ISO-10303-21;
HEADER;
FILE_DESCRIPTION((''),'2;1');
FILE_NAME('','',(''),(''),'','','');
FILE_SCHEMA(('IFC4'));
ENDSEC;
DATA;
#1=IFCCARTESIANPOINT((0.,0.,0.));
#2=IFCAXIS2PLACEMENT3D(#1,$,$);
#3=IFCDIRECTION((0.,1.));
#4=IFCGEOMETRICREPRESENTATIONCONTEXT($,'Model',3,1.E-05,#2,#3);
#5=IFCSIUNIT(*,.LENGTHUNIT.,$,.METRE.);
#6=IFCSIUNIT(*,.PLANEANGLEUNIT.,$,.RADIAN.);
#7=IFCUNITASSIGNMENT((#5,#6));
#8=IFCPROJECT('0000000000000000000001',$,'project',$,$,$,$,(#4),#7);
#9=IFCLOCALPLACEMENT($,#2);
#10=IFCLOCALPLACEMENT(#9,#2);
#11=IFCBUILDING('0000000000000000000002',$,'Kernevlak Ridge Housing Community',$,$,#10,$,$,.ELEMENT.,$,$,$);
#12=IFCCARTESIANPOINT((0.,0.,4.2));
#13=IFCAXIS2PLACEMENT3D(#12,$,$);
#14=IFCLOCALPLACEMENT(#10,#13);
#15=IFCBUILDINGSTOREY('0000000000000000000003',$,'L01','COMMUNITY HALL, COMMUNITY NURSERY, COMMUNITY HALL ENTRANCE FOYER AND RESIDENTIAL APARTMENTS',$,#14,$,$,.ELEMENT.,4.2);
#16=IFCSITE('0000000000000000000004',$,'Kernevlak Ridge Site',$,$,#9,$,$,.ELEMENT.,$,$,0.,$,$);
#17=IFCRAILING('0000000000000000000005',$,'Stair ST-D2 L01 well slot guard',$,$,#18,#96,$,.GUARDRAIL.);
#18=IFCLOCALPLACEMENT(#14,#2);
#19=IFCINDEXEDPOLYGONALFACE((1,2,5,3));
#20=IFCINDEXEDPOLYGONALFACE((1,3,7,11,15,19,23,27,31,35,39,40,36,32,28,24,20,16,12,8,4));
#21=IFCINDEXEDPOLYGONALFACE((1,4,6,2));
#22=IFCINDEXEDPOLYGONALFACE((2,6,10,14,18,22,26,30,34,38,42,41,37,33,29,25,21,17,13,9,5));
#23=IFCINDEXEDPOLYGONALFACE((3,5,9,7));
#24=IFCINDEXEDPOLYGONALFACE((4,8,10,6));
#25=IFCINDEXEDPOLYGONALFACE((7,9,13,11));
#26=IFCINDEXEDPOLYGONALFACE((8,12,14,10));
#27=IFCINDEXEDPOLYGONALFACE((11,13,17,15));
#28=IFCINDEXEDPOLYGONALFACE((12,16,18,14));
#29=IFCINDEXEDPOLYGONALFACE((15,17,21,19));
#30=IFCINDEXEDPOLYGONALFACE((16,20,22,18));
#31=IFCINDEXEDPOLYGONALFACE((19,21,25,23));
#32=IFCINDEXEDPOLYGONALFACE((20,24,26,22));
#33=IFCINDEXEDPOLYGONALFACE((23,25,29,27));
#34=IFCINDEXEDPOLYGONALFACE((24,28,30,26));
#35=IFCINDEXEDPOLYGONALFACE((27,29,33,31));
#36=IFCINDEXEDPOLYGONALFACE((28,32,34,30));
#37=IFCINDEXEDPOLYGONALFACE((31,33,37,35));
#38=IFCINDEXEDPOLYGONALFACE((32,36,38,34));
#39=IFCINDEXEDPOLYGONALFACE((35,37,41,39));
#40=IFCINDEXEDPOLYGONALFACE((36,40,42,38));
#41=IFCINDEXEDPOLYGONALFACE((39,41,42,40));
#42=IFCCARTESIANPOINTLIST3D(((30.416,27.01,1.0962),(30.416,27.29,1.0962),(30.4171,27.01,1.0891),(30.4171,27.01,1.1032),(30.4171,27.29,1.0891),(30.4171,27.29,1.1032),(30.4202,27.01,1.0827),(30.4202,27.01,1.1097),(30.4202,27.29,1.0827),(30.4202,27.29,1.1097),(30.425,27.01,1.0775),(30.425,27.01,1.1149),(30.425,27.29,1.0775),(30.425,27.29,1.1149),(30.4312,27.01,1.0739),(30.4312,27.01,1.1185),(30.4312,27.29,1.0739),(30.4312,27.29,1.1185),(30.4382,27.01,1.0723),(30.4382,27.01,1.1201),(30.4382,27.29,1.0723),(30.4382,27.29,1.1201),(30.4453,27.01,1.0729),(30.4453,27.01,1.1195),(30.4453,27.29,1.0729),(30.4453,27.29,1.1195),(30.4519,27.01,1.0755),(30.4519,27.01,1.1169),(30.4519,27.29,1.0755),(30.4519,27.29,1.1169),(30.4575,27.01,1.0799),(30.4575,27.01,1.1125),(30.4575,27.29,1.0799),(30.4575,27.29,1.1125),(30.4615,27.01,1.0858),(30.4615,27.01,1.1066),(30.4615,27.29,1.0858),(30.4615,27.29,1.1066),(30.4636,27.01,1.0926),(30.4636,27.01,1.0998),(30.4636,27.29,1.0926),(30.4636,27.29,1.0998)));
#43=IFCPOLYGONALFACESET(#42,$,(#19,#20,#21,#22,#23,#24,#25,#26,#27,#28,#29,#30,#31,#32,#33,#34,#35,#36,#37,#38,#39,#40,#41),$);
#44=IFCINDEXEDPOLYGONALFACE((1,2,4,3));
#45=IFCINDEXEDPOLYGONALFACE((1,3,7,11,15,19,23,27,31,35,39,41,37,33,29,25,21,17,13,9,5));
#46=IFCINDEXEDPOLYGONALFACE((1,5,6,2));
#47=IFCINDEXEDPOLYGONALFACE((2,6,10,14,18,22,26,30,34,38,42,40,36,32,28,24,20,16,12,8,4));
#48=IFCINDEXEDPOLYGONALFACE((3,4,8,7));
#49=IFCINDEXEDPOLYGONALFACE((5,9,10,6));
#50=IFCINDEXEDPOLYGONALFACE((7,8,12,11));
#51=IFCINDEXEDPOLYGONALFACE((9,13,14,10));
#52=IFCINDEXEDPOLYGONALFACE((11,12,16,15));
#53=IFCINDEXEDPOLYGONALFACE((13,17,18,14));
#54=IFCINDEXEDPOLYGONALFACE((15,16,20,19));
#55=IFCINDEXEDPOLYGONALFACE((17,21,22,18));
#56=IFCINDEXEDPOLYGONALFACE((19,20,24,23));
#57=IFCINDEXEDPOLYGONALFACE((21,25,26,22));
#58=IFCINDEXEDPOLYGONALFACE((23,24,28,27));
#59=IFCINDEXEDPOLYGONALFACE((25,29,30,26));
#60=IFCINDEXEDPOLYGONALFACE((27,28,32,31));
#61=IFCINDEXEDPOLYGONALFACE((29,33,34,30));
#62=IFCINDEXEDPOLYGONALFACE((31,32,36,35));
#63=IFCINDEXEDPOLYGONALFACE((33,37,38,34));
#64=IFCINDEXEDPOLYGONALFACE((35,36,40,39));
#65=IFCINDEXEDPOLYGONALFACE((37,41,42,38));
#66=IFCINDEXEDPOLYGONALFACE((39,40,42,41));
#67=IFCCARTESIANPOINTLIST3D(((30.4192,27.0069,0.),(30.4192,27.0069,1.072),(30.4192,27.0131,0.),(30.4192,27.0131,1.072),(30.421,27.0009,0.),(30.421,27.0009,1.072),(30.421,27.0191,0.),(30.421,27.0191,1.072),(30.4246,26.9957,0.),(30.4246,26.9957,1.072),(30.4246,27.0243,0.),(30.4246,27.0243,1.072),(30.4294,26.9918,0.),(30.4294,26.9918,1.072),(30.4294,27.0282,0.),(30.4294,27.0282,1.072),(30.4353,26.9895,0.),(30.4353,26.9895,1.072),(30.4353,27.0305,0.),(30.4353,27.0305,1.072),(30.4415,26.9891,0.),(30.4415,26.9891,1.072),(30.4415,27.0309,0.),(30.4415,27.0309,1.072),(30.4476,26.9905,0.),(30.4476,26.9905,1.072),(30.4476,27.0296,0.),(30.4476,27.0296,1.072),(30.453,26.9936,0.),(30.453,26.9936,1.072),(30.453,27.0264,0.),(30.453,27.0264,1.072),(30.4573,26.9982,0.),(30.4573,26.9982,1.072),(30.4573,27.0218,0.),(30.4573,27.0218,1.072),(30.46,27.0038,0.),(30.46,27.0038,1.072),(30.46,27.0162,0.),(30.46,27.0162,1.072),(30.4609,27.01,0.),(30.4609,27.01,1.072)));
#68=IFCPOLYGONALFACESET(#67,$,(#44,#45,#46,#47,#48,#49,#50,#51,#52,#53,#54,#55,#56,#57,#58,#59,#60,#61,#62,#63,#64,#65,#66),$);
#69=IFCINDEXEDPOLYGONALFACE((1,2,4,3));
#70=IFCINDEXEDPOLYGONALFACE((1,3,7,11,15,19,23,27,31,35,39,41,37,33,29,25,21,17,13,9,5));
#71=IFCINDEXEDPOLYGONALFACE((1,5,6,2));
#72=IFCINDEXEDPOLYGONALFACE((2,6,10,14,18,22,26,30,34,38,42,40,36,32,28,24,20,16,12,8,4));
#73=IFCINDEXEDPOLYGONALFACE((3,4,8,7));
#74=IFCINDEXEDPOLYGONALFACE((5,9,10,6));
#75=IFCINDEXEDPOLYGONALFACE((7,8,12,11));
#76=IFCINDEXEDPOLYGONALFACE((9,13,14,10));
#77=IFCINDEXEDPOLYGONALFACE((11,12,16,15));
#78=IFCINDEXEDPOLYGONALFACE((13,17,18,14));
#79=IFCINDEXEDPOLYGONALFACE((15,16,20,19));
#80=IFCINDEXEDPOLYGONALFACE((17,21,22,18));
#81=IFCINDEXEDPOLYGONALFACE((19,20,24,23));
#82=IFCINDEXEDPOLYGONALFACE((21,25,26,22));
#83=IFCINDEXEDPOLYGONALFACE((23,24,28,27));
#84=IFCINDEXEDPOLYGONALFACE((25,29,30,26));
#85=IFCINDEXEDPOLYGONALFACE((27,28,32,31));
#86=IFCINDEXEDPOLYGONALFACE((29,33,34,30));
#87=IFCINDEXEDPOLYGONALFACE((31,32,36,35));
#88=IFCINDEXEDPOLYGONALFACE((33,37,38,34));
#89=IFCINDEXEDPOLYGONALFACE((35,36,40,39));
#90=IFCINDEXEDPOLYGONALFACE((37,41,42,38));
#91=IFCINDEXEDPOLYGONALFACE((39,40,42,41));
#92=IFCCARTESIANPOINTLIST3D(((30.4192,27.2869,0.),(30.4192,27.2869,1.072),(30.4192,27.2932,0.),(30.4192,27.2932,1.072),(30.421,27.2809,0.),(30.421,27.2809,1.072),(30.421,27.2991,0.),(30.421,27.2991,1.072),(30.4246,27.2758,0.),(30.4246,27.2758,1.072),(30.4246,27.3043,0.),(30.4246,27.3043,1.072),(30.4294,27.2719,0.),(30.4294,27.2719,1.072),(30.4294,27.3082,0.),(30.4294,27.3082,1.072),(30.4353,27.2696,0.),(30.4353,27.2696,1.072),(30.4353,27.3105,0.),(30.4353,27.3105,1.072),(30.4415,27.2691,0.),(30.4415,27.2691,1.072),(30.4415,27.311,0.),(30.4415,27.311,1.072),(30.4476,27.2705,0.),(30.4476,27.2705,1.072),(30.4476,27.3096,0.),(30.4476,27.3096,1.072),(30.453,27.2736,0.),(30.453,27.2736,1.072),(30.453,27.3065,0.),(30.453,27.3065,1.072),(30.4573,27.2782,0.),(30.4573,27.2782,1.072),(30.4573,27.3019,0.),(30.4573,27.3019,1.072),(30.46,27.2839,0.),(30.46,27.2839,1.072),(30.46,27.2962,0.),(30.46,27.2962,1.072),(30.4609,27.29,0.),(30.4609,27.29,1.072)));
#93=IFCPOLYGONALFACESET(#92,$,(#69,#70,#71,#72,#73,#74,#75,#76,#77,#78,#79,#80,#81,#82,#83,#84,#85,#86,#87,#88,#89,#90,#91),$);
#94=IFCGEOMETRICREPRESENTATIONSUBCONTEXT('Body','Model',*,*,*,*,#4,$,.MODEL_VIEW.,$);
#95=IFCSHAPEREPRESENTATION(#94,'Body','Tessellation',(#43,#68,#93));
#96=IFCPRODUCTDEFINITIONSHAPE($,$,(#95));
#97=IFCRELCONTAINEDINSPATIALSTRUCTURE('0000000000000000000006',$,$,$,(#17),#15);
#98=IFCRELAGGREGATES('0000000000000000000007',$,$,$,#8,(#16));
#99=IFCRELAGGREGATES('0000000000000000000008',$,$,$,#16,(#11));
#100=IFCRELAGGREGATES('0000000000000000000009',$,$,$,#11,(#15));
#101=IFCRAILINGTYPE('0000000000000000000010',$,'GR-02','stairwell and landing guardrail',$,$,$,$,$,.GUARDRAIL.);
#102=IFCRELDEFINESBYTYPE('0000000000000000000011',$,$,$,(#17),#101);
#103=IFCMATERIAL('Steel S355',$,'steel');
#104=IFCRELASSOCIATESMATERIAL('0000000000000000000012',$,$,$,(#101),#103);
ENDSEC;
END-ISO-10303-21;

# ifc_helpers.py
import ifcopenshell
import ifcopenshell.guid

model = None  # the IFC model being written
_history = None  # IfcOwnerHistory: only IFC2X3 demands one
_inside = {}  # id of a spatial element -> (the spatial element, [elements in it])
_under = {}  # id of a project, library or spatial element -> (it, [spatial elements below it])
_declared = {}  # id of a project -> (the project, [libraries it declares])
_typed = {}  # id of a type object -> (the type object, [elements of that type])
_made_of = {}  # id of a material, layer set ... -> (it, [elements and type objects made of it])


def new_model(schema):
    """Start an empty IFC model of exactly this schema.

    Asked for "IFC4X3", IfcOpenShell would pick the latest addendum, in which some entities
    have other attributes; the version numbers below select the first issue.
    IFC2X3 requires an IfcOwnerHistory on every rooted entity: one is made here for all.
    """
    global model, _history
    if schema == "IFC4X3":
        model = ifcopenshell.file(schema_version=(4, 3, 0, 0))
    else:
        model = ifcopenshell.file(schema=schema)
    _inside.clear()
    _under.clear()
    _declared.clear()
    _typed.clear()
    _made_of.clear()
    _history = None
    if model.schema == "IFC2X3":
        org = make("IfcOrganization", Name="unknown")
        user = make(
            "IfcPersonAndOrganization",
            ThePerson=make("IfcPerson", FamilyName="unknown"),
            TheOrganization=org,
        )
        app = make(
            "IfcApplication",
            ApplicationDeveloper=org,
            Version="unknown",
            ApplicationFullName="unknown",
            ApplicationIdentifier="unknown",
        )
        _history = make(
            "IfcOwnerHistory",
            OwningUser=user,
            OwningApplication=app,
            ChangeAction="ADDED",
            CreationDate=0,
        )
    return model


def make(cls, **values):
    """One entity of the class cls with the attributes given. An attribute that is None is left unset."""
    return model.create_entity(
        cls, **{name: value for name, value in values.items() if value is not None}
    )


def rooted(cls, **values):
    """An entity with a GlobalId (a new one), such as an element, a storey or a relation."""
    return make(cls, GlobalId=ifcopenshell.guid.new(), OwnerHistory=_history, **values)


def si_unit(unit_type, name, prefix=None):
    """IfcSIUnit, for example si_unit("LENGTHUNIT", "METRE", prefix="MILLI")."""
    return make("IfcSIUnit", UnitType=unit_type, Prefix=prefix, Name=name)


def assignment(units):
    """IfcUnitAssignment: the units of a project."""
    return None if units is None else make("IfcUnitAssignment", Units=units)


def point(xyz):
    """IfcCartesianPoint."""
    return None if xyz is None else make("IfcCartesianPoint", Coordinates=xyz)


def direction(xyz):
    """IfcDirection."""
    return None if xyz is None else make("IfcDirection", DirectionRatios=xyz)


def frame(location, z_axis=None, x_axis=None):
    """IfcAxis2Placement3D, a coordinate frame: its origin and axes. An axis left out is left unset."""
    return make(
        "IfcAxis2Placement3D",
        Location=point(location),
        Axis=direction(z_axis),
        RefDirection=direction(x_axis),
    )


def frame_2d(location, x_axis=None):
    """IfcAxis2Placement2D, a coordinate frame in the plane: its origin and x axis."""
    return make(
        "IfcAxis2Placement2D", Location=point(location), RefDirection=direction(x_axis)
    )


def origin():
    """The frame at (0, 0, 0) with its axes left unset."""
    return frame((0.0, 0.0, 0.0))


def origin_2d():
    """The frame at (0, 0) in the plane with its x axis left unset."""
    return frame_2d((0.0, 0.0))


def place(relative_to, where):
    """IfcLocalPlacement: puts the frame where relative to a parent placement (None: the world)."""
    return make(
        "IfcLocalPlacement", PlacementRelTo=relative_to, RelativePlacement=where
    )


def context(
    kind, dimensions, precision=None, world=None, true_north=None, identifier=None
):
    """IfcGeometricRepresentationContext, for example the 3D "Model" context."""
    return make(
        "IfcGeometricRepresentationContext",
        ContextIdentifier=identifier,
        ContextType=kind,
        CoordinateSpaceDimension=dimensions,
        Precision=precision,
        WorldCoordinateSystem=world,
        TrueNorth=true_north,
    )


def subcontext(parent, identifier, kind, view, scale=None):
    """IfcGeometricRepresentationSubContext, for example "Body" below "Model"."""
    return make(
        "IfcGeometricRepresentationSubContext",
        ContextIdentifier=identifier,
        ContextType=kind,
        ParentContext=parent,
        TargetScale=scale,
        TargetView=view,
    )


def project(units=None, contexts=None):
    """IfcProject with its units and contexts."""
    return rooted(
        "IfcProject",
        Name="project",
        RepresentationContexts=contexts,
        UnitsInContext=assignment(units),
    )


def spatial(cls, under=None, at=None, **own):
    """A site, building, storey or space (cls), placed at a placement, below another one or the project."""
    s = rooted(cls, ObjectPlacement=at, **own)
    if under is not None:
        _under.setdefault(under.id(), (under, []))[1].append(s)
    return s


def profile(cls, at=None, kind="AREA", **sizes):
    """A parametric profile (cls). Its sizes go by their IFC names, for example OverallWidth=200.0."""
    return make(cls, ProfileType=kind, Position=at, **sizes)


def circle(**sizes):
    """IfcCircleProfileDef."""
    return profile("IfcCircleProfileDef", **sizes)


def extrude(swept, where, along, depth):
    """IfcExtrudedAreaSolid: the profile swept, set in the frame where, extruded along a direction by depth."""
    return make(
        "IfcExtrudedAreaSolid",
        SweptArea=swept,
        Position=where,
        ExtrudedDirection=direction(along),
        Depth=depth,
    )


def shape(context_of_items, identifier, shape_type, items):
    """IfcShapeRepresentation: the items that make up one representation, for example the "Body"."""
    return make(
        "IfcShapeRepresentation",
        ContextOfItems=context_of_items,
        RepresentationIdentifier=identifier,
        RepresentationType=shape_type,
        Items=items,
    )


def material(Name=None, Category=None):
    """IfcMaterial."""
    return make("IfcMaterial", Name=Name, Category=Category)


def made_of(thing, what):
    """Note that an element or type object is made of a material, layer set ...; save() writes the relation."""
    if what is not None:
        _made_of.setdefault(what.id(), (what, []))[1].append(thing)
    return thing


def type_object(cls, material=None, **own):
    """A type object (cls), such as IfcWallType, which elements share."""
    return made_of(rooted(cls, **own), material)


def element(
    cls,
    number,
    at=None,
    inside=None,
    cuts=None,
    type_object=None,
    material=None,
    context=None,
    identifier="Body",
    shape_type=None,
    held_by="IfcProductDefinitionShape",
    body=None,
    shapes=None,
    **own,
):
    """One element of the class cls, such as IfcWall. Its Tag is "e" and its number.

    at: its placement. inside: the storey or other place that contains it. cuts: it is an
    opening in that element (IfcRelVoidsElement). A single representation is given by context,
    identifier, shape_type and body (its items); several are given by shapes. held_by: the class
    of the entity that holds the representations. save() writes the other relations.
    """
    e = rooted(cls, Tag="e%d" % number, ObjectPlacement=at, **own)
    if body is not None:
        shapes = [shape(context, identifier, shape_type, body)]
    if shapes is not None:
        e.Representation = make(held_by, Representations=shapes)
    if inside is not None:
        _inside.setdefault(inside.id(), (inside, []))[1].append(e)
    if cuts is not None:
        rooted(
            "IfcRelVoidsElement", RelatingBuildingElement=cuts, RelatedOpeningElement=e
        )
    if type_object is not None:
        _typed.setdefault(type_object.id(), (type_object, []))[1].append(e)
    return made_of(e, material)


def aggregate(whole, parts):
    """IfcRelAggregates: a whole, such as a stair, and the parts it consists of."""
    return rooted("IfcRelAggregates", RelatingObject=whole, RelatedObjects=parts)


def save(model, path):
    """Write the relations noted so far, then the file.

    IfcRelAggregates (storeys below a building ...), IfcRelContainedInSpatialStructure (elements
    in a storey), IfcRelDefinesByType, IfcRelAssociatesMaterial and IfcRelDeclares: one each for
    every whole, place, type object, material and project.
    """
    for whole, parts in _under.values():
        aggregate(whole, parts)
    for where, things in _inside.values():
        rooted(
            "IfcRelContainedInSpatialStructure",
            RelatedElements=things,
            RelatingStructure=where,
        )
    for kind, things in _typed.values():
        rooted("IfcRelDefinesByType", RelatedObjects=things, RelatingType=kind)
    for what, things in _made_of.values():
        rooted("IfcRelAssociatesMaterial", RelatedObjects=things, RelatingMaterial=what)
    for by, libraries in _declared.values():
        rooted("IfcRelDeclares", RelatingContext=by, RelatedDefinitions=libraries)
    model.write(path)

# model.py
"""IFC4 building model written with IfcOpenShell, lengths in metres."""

from ifc_helpers import new_model, si_unit, direction, frame, origin, origin_2d, place, context, subcontext, project, spatial, circle, extrude, material, type_object, element, save


model = new_model("IFC4")

# Units and contexts
model_context = context("Model", 3, precision=1e-05, world=origin(), true_north=direction((0.0, 1.0)))
body_context = subcontext(model_context, "Body", "Model", "MODEL_VIEW")
ifc_project = project(units=[si_unit("LENGTHUNIT", "METRE"), si_unit("PLANEANGLEUNIT", "RADIAN")], contexts=[model_context])

# Site, building, storey
site_placement = place(None, origin())
site = spatial("IfcSite", under=ifc_project, at=site_placement, Name="Kernevlak Ridge Site", CompositionType="ELEMENT", RefElevation=0.0)
building_placement = place(site_placement, origin())
building = spatial("IfcBuilding", under=site, at=building_placement, Name="Kernevlak Ridge Housing Community", CompositionType="ELEMENT")
storey_placement = place(building_placement, frame((0.0, 0.0, 4.2)))
storey = spatial("IfcBuildingStorey", under=building, at=storey_placement, Name="L01", Description="COMMUNITY HALL, COMMUNITY NURSERY, COMMUNITY HALL ENTRANCE FOYER AND RESIDENTIAL APARTMENTS", CompositionType="ELEMENT", Elevation=4.2)

# Railing
ifc_material_1 = material(Name="Steel S355", Category="steel")
railing_type_1 = type_object("IfcRailingType", Name="GR-02", Description="stairwell and landing guardrail", PredefinedType="GUARDRAIL", material=ifc_material_1)
railing_1_placement = place(storey_placement, frame((30.4399, 27.01, 0.0)))
element("IfcRailing", 1, at=railing_1_placement, inside=storey, type_object=railing_type_1, Name="Stair ST-D2 L01 well slot guard", PredefinedType="GUARDRAIL", context=body_context, shape_type="SweptSolid", body=[
    extrude(circle(Radius=0.0239, at=origin_2d()), frame((0.0, 0.0, 1.0962), z_axis=(0.0, 1.0, 0.0), x_axis=(-1.0, 0.0, 0.0)), (0.0, 0.0, 1.0), 0.28),
    extrude(circle(Radius=0.021, at=origin_2d()), origin(), (0.0, 0.0, 1.0), 1.072),
    extrude(circle(Radius=0.021, at=origin_2d()), frame((0.0, 0.28, 0.0)), (0.0, 0.0, 1.0), 1.072),
])

save(model, "model.ifc")
